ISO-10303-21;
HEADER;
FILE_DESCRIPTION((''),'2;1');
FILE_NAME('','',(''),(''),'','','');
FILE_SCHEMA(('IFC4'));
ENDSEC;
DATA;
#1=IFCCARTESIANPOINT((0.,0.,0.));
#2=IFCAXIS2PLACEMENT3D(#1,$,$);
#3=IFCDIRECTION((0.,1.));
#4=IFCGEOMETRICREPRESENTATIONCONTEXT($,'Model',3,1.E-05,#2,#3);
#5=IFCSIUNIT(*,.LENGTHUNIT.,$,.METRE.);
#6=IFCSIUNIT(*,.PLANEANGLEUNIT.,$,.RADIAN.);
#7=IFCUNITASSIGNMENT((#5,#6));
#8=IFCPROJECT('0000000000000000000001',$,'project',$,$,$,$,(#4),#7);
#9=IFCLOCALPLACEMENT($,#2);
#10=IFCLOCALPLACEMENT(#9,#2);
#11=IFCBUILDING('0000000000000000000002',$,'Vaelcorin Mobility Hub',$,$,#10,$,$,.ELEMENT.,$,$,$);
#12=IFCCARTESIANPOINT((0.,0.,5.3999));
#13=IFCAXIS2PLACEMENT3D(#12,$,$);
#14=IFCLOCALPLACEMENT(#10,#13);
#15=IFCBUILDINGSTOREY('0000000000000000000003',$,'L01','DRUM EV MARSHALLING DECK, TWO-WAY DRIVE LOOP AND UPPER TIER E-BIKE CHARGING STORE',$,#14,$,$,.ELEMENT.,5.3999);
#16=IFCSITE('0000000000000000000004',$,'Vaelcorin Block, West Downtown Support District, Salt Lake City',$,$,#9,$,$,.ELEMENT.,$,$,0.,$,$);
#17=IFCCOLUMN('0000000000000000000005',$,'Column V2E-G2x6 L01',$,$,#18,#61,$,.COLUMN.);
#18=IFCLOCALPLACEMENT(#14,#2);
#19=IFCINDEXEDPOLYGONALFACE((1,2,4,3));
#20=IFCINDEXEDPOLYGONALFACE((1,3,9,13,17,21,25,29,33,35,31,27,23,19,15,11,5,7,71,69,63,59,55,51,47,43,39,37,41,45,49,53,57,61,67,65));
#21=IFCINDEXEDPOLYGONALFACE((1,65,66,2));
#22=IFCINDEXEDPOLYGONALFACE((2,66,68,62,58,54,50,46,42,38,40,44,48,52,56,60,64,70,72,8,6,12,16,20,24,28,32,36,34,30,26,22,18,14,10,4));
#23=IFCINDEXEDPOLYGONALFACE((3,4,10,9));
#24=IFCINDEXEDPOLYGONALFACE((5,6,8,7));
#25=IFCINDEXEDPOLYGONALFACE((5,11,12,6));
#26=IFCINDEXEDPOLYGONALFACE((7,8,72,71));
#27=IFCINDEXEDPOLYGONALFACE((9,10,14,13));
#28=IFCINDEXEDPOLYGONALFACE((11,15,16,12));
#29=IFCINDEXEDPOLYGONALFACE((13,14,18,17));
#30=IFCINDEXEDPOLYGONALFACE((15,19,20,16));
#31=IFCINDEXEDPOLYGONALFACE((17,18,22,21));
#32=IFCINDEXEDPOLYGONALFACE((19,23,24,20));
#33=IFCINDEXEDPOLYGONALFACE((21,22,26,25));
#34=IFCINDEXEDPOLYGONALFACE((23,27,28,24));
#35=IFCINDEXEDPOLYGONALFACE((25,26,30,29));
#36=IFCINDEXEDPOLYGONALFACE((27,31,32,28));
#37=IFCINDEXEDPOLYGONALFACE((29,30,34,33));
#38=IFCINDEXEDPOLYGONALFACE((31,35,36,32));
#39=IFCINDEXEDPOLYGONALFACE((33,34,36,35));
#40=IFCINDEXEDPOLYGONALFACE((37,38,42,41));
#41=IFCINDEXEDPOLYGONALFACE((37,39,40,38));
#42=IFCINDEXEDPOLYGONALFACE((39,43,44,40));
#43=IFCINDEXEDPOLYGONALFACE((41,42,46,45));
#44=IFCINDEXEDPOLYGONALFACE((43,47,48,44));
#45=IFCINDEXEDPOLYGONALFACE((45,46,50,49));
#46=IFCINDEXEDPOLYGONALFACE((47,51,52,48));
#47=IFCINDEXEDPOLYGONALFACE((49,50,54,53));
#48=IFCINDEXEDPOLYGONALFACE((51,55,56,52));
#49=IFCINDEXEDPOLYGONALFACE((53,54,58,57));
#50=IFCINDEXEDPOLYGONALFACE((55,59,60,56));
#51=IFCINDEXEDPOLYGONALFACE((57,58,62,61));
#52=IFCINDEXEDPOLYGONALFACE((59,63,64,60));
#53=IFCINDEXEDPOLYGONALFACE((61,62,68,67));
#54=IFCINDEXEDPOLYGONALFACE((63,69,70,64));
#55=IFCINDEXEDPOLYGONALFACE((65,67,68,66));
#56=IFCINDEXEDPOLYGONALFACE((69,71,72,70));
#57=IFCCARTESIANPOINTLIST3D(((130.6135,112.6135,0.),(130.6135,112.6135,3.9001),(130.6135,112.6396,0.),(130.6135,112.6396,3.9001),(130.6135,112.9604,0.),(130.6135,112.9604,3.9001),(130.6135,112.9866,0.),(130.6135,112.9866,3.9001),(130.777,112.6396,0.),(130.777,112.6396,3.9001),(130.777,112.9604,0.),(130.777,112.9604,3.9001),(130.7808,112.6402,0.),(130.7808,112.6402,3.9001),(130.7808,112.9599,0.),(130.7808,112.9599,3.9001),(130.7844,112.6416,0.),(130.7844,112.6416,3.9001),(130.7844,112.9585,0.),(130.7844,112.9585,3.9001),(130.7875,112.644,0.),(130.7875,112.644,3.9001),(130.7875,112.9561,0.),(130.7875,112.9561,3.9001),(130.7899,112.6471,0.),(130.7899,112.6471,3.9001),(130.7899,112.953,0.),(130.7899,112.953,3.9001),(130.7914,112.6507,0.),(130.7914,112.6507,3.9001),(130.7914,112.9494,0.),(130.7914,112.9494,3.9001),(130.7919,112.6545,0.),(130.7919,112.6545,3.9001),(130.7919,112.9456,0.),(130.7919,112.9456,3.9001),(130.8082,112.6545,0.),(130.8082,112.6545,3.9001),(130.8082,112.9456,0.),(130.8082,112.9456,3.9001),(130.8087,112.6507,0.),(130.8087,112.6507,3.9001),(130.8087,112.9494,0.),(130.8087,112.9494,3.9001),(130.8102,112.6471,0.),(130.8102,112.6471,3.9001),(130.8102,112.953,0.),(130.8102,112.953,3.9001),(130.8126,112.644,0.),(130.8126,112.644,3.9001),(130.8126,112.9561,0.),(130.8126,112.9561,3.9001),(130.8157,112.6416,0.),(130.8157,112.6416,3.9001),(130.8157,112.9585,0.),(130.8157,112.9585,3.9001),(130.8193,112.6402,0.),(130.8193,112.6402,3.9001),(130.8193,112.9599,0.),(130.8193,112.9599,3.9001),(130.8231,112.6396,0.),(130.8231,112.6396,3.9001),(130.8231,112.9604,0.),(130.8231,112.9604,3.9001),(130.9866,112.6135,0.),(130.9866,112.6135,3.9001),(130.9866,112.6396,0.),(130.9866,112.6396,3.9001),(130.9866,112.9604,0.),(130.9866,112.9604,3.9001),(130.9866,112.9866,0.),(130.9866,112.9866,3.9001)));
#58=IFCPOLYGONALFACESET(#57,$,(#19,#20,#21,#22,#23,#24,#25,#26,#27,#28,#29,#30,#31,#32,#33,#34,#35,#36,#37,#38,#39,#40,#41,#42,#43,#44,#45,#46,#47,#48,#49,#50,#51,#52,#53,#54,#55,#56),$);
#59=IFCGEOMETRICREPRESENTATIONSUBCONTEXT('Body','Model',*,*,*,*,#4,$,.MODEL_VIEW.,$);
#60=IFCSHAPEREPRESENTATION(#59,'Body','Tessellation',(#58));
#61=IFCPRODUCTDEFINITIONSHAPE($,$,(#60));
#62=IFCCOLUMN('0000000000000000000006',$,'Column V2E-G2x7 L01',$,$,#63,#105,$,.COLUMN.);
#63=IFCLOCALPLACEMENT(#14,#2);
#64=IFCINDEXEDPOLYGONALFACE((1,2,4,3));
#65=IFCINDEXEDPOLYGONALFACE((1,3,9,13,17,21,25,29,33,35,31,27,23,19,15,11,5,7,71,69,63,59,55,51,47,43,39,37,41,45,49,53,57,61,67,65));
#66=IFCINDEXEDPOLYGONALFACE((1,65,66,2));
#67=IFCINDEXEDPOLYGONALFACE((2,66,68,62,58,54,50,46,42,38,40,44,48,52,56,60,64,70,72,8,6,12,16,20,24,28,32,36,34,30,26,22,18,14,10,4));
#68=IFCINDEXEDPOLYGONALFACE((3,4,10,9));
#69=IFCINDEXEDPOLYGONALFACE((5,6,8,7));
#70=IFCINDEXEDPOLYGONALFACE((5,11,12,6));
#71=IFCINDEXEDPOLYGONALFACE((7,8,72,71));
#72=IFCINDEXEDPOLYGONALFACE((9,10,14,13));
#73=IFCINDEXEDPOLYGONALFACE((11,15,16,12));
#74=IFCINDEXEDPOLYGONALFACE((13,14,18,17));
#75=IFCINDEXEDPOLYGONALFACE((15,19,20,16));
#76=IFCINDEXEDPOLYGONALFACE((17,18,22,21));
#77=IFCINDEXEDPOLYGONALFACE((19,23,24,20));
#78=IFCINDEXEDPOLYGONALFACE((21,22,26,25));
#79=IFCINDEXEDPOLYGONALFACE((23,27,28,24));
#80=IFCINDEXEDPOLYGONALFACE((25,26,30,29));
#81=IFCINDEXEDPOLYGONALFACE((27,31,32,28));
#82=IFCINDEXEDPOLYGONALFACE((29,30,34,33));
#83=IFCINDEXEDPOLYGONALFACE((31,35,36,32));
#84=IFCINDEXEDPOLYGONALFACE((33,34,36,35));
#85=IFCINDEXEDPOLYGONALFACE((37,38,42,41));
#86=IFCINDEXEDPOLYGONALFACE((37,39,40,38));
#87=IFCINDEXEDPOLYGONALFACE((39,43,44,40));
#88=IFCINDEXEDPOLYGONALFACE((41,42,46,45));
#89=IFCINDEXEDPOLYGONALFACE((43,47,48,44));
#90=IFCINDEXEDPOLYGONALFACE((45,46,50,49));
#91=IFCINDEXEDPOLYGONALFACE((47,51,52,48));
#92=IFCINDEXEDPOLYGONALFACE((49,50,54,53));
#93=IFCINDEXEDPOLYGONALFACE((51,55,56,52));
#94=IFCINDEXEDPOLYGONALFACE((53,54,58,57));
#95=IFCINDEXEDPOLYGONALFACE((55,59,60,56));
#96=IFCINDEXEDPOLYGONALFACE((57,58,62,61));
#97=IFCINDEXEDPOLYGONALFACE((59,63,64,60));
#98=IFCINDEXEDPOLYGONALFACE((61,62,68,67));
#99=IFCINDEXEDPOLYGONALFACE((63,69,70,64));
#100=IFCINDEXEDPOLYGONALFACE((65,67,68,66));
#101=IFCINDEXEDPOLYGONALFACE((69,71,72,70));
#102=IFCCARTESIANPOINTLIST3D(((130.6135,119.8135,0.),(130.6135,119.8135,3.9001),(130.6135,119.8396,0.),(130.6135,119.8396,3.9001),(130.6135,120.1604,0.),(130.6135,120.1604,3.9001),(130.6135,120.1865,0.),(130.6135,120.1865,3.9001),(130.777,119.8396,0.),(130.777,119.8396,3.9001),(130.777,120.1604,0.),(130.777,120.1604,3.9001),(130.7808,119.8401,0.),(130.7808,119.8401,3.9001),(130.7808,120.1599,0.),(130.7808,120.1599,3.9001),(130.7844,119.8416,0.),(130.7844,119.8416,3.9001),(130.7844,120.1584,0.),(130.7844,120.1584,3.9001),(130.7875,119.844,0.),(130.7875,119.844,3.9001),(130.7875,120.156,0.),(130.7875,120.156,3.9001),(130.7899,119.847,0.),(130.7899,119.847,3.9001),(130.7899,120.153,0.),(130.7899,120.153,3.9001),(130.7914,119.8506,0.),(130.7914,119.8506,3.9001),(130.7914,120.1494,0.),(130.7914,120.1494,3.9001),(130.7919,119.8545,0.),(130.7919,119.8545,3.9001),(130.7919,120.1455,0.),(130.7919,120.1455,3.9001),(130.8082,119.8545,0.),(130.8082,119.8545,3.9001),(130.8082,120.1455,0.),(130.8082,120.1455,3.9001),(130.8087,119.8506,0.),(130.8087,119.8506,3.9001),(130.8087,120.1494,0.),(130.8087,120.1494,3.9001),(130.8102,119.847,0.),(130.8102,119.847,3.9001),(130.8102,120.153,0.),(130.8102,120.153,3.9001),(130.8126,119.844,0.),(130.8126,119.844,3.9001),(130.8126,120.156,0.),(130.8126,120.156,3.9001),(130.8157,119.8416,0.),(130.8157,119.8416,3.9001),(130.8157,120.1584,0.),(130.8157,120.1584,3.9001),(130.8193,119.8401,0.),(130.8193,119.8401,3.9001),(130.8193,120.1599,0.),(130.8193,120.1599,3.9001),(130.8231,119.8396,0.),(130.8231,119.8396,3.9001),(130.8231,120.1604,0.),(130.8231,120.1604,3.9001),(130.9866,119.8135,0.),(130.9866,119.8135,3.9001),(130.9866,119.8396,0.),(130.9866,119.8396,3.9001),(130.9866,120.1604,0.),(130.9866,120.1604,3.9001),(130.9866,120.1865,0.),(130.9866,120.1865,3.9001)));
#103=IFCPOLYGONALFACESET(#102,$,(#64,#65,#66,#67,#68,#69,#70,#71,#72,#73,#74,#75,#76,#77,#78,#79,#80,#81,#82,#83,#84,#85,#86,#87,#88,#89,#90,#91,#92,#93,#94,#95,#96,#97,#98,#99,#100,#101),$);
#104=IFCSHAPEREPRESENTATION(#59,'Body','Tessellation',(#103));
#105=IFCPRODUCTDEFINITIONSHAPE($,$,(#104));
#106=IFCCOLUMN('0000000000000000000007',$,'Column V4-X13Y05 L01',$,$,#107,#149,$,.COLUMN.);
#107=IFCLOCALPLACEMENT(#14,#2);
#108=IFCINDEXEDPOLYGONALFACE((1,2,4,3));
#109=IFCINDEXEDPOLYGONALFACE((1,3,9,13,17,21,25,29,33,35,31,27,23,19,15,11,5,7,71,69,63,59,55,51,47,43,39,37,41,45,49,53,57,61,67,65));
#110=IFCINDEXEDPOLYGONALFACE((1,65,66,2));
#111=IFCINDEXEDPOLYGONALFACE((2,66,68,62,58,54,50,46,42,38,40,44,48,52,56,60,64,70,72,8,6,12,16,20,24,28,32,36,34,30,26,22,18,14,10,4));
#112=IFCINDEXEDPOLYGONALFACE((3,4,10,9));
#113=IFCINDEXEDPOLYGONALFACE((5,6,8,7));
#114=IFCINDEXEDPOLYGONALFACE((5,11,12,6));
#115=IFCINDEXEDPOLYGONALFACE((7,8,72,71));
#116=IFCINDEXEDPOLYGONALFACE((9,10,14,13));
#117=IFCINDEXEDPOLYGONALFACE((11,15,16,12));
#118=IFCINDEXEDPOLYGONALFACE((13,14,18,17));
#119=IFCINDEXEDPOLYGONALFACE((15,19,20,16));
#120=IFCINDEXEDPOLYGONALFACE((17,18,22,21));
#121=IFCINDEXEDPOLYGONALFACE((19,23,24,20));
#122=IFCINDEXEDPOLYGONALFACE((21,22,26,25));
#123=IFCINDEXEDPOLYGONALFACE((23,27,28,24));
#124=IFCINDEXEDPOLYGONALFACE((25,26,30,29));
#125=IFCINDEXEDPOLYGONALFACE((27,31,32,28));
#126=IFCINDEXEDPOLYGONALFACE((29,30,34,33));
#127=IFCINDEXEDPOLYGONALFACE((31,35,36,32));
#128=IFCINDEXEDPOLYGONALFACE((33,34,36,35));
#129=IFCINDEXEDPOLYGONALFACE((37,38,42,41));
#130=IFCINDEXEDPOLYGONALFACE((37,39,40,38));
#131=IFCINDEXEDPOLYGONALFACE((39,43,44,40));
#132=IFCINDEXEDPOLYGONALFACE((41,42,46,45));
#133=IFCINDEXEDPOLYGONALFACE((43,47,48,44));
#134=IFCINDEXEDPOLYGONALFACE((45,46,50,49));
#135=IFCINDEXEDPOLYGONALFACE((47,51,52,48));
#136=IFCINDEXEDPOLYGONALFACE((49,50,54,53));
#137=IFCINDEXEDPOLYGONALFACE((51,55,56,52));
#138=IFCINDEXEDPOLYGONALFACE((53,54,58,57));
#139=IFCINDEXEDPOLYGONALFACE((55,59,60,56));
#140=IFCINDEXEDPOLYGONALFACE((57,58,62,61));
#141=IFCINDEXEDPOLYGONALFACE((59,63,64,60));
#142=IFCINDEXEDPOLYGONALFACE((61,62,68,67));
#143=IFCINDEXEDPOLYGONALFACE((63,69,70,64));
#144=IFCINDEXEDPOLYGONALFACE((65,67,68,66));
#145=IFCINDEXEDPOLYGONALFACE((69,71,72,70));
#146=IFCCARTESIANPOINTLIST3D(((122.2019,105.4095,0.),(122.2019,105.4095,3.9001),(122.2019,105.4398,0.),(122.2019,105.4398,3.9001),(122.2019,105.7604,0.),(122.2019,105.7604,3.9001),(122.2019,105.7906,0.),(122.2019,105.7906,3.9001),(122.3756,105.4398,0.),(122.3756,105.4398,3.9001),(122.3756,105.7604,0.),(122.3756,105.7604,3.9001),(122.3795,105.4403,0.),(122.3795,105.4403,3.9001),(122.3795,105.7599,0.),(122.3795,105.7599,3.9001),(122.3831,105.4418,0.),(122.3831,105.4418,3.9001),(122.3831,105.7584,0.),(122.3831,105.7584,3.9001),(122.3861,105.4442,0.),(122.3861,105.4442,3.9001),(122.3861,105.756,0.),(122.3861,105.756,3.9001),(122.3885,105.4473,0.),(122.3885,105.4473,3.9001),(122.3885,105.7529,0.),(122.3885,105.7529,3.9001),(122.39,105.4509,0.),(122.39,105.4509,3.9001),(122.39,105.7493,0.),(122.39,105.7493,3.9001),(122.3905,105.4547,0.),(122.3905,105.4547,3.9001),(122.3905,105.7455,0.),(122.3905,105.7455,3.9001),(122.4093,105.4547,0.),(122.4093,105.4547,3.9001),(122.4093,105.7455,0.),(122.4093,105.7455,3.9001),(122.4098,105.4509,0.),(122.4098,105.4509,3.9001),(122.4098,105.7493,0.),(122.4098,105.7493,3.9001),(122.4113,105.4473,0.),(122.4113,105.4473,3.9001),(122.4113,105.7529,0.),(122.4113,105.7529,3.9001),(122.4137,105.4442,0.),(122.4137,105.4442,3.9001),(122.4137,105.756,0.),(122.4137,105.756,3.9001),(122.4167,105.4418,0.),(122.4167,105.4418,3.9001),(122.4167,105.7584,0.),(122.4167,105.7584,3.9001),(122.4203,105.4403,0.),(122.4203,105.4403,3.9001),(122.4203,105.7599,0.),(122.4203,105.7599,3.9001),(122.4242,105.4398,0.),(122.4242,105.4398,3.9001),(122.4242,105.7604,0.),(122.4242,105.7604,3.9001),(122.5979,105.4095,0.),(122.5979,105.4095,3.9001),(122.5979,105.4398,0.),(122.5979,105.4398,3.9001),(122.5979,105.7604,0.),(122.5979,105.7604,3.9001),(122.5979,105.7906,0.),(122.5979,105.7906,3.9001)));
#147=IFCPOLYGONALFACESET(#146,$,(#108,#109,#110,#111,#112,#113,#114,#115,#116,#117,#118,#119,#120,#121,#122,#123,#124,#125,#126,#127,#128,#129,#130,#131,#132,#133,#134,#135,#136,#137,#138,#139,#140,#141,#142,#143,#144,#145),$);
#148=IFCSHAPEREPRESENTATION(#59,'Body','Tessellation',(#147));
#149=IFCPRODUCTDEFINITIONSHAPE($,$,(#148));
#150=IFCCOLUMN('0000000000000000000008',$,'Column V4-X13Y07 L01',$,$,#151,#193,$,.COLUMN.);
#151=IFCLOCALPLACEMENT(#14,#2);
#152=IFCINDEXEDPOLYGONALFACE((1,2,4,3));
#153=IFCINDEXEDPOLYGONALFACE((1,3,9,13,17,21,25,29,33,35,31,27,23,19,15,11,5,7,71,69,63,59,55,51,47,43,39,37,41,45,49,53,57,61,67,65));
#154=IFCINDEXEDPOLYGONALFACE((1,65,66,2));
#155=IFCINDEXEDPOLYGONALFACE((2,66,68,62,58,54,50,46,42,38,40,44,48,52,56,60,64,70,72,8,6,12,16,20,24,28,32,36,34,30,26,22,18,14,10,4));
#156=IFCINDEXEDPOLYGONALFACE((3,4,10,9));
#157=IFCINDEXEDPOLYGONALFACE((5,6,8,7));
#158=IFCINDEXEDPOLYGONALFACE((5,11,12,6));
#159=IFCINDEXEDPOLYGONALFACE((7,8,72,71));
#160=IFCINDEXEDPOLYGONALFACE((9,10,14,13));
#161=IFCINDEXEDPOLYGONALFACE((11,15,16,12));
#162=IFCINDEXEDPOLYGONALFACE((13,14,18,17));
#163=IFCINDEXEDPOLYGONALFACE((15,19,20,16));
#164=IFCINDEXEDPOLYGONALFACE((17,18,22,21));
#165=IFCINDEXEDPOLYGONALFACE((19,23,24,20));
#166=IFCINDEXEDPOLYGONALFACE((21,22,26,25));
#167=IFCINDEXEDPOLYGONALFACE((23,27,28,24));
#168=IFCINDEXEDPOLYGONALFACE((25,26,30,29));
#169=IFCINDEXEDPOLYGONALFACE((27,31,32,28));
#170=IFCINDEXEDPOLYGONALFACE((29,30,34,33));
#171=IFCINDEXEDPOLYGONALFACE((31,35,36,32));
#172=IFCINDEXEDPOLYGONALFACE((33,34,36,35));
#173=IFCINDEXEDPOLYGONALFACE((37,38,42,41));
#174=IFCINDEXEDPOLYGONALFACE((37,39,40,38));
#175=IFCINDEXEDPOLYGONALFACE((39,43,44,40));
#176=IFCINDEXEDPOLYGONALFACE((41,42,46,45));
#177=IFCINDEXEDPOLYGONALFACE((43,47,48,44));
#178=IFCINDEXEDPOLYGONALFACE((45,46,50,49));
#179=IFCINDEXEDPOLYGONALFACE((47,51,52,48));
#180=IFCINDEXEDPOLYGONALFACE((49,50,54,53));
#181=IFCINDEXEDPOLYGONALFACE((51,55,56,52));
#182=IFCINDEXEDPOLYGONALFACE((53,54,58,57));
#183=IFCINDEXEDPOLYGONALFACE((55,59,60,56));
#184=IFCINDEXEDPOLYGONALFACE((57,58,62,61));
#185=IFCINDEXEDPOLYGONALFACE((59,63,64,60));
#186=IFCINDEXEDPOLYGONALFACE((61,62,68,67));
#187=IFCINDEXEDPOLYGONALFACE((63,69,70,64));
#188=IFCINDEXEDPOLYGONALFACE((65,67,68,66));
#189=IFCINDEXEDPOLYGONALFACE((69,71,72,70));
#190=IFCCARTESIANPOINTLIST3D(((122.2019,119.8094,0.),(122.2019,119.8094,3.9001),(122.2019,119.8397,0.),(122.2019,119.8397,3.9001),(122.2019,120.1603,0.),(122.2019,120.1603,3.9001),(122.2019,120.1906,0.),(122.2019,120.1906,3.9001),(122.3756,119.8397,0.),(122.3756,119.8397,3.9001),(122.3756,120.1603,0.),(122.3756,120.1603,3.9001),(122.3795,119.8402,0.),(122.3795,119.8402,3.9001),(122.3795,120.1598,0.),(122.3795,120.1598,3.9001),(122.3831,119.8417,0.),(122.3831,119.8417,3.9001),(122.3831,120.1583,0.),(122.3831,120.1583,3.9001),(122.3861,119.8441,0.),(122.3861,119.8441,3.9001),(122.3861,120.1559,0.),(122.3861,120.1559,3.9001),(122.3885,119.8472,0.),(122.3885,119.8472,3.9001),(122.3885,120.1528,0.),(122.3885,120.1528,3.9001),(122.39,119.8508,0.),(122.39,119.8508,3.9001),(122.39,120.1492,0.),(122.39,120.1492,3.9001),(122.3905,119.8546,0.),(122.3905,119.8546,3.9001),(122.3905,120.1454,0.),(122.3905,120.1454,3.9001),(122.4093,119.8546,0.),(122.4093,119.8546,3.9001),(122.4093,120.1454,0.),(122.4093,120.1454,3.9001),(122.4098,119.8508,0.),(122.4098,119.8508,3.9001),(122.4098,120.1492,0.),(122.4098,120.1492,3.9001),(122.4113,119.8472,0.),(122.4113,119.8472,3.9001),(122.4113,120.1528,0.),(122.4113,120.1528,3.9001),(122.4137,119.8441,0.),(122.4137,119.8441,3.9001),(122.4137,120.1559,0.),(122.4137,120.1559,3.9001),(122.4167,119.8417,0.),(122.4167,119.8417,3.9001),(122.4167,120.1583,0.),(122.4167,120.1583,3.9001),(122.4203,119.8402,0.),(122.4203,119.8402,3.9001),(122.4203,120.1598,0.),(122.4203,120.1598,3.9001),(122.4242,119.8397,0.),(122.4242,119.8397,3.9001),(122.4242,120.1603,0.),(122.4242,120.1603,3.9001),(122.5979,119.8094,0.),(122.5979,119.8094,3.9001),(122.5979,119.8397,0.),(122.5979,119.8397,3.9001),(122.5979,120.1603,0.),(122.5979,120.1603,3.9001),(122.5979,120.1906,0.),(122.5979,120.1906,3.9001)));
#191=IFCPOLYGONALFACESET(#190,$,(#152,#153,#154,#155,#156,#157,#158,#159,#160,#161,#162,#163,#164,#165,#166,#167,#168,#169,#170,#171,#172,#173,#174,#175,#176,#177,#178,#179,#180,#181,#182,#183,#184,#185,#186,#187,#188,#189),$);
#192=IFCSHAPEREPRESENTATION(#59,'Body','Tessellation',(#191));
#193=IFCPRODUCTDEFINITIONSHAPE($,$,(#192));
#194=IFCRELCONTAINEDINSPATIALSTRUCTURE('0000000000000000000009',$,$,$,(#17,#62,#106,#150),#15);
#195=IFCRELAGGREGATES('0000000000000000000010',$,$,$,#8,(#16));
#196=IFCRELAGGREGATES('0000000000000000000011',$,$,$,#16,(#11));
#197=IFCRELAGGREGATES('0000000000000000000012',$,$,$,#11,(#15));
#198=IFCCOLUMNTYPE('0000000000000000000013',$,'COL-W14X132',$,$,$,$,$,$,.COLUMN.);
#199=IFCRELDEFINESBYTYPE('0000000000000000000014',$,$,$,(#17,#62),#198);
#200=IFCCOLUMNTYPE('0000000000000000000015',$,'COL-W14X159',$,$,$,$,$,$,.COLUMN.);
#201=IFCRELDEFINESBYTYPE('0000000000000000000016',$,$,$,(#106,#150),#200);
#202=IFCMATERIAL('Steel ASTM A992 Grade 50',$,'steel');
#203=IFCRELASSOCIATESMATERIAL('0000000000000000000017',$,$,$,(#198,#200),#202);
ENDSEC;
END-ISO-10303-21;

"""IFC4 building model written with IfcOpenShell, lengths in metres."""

from ifc_helpers import new_model, si_unit, direction, frame, origin, origin_2d, place, context, subcontext, project, spatial, i_section, extrude, material, material_profile, profile_set, type_object, element, save


model = new_model("IFC4")

# Units and contexts
model_context = context("Model", 3, precision=1e-05, world=origin(), true_north=direction((0.0, 1.0)))
body_context = subcontext(model_context, "Body", "Model", "MODEL_VIEW")
ifc_project = project(units=[si_unit("LENGTHUNIT", "METRE"), si_unit("PLANEANGLEUNIT", "RADIAN")], contexts=[model_context])

# Site, building, storey
site_placement = place(None, origin())
site = spatial("IfcSite", under=ifc_project, at=site_placement, Name="Vaelcorin Block, West Downtown Support District, Salt Lake City", CompositionType="ELEMENT", RefElevation=0.0)
building_placement = place(site_placement, origin())
building = spatial("IfcBuilding", under=site, at=building_placement, Name="Vaelcorin Mobility Hub", CompositionType="ELEMENT")
storey_placement = place(building_placement, frame((0.0, 0.0, 5.3999)))
storey = spatial("IfcBuildingStorey", under=building, at=storey_placement, Name="L01", Description="DRUM EV MARSHALLING DECK, TWO-WAY DRIVE LOOP AND UPPER TIER E-BIKE CHARGING STORE", CompositionType="ELEMENT", Elevation=5.3999)

# Columns
ifc_material_1 = material(Name="Steel ASTM A992 Grade 50", Category="steel")
ifc_material_profile_1 = material_profile(ifc_material_1, i_section(OverallWidth=0.373, OverallDepth=0.373, WebThickness=0.0164, FlangeThickness=0.0261, FilletRadius=0.0149, at=origin_2d()), Name="W14X132")
ifc_profile_set_1 = profile_set([ifc_material_profile_1], Name="Steel ASTM A992 Grade 50")
column_type_1 = type_object("IfcColumnType", Name="COL-W14X132", PredefinedType="COLUMN", material=ifc_profile_set_1)
for number, where, z_axis, x_axis, name in (
    (1, (130.8, 112.8, 0.0), (0.0, 0.0, 1.0), (1.0, 0.0, 0.0), "Column V2E-G2x6 L01"),
    (2, (130.8, 120.0, 0.0), (0.0, 0.0, 1.0), (1.0, 0.0, 0.0), "Column V2E-G2x7 L01"),
):
    element("IfcColumn", number, at=place(storey_placement, frame(where, z_axis=z_axis, x_axis=x_axis)), inside=storey, type_object=column_type_1, Name=name, PredefinedType="COLUMN", context=body_context, shape_type="SweptSolid", body=[
        extrude(i_section(OverallWidth=0.373, OverallDepth=0.373, WebThickness=0.0164, FlangeThickness=0.0261, FilletRadius=0.0149, at=origin_2d()), origin(), (0.0, 0.0, 1.0), 3.9001),
    ])
ifc_material_profile_2 = material_profile(ifc_material_1, i_section(OverallWidth=0.396, OverallDepth=0.3811, WebThickness=0.0188, FlangeThickness=0.0303, FilletRadius=0.0149, at=origin_2d()), Name="W14X159")
ifc_profile_set_2 = profile_set([ifc_material_profile_2], Name="Steel ASTM A992 Grade 50")
column_type_2 = type_object("IfcColumnType", Name="COL-W14X159", PredefinedType="COLUMN", material=ifc_profile_set_2)
for number, where, z_axis, x_axis, name in (
    (3, (122.3999, 105.6001, 0.0), (0.0, 0.0, 1.0), (1.0, 0.0, 0.0), "Column V4-X13Y05 L01"),
    (4, (122.3999, 120.0, 0.0), (0.0, 0.0, 1.0), (1.0, 0.0, 0.0), "Column V4-X13Y07 L01"),
):
    element("IfcColumn", number, at=place(storey_placement, frame(where, z_axis=z_axis, x_axis=x_axis)), inside=storey, type_object=column_type_2, Name=name, PredefinedType="COLUMN", context=body_context, shape_type="SweptSolid", body=[
        extrude(i_section(OverallWidth=0.396, OverallDepth=0.3811, WebThickness=0.0188, FlangeThickness=0.0303, FilletRadius=0.0149, at=origin_2d()), origin(), (0.0, 0.0, 1.0), 3.9001),
    ])

save(model, "model.ifc")
